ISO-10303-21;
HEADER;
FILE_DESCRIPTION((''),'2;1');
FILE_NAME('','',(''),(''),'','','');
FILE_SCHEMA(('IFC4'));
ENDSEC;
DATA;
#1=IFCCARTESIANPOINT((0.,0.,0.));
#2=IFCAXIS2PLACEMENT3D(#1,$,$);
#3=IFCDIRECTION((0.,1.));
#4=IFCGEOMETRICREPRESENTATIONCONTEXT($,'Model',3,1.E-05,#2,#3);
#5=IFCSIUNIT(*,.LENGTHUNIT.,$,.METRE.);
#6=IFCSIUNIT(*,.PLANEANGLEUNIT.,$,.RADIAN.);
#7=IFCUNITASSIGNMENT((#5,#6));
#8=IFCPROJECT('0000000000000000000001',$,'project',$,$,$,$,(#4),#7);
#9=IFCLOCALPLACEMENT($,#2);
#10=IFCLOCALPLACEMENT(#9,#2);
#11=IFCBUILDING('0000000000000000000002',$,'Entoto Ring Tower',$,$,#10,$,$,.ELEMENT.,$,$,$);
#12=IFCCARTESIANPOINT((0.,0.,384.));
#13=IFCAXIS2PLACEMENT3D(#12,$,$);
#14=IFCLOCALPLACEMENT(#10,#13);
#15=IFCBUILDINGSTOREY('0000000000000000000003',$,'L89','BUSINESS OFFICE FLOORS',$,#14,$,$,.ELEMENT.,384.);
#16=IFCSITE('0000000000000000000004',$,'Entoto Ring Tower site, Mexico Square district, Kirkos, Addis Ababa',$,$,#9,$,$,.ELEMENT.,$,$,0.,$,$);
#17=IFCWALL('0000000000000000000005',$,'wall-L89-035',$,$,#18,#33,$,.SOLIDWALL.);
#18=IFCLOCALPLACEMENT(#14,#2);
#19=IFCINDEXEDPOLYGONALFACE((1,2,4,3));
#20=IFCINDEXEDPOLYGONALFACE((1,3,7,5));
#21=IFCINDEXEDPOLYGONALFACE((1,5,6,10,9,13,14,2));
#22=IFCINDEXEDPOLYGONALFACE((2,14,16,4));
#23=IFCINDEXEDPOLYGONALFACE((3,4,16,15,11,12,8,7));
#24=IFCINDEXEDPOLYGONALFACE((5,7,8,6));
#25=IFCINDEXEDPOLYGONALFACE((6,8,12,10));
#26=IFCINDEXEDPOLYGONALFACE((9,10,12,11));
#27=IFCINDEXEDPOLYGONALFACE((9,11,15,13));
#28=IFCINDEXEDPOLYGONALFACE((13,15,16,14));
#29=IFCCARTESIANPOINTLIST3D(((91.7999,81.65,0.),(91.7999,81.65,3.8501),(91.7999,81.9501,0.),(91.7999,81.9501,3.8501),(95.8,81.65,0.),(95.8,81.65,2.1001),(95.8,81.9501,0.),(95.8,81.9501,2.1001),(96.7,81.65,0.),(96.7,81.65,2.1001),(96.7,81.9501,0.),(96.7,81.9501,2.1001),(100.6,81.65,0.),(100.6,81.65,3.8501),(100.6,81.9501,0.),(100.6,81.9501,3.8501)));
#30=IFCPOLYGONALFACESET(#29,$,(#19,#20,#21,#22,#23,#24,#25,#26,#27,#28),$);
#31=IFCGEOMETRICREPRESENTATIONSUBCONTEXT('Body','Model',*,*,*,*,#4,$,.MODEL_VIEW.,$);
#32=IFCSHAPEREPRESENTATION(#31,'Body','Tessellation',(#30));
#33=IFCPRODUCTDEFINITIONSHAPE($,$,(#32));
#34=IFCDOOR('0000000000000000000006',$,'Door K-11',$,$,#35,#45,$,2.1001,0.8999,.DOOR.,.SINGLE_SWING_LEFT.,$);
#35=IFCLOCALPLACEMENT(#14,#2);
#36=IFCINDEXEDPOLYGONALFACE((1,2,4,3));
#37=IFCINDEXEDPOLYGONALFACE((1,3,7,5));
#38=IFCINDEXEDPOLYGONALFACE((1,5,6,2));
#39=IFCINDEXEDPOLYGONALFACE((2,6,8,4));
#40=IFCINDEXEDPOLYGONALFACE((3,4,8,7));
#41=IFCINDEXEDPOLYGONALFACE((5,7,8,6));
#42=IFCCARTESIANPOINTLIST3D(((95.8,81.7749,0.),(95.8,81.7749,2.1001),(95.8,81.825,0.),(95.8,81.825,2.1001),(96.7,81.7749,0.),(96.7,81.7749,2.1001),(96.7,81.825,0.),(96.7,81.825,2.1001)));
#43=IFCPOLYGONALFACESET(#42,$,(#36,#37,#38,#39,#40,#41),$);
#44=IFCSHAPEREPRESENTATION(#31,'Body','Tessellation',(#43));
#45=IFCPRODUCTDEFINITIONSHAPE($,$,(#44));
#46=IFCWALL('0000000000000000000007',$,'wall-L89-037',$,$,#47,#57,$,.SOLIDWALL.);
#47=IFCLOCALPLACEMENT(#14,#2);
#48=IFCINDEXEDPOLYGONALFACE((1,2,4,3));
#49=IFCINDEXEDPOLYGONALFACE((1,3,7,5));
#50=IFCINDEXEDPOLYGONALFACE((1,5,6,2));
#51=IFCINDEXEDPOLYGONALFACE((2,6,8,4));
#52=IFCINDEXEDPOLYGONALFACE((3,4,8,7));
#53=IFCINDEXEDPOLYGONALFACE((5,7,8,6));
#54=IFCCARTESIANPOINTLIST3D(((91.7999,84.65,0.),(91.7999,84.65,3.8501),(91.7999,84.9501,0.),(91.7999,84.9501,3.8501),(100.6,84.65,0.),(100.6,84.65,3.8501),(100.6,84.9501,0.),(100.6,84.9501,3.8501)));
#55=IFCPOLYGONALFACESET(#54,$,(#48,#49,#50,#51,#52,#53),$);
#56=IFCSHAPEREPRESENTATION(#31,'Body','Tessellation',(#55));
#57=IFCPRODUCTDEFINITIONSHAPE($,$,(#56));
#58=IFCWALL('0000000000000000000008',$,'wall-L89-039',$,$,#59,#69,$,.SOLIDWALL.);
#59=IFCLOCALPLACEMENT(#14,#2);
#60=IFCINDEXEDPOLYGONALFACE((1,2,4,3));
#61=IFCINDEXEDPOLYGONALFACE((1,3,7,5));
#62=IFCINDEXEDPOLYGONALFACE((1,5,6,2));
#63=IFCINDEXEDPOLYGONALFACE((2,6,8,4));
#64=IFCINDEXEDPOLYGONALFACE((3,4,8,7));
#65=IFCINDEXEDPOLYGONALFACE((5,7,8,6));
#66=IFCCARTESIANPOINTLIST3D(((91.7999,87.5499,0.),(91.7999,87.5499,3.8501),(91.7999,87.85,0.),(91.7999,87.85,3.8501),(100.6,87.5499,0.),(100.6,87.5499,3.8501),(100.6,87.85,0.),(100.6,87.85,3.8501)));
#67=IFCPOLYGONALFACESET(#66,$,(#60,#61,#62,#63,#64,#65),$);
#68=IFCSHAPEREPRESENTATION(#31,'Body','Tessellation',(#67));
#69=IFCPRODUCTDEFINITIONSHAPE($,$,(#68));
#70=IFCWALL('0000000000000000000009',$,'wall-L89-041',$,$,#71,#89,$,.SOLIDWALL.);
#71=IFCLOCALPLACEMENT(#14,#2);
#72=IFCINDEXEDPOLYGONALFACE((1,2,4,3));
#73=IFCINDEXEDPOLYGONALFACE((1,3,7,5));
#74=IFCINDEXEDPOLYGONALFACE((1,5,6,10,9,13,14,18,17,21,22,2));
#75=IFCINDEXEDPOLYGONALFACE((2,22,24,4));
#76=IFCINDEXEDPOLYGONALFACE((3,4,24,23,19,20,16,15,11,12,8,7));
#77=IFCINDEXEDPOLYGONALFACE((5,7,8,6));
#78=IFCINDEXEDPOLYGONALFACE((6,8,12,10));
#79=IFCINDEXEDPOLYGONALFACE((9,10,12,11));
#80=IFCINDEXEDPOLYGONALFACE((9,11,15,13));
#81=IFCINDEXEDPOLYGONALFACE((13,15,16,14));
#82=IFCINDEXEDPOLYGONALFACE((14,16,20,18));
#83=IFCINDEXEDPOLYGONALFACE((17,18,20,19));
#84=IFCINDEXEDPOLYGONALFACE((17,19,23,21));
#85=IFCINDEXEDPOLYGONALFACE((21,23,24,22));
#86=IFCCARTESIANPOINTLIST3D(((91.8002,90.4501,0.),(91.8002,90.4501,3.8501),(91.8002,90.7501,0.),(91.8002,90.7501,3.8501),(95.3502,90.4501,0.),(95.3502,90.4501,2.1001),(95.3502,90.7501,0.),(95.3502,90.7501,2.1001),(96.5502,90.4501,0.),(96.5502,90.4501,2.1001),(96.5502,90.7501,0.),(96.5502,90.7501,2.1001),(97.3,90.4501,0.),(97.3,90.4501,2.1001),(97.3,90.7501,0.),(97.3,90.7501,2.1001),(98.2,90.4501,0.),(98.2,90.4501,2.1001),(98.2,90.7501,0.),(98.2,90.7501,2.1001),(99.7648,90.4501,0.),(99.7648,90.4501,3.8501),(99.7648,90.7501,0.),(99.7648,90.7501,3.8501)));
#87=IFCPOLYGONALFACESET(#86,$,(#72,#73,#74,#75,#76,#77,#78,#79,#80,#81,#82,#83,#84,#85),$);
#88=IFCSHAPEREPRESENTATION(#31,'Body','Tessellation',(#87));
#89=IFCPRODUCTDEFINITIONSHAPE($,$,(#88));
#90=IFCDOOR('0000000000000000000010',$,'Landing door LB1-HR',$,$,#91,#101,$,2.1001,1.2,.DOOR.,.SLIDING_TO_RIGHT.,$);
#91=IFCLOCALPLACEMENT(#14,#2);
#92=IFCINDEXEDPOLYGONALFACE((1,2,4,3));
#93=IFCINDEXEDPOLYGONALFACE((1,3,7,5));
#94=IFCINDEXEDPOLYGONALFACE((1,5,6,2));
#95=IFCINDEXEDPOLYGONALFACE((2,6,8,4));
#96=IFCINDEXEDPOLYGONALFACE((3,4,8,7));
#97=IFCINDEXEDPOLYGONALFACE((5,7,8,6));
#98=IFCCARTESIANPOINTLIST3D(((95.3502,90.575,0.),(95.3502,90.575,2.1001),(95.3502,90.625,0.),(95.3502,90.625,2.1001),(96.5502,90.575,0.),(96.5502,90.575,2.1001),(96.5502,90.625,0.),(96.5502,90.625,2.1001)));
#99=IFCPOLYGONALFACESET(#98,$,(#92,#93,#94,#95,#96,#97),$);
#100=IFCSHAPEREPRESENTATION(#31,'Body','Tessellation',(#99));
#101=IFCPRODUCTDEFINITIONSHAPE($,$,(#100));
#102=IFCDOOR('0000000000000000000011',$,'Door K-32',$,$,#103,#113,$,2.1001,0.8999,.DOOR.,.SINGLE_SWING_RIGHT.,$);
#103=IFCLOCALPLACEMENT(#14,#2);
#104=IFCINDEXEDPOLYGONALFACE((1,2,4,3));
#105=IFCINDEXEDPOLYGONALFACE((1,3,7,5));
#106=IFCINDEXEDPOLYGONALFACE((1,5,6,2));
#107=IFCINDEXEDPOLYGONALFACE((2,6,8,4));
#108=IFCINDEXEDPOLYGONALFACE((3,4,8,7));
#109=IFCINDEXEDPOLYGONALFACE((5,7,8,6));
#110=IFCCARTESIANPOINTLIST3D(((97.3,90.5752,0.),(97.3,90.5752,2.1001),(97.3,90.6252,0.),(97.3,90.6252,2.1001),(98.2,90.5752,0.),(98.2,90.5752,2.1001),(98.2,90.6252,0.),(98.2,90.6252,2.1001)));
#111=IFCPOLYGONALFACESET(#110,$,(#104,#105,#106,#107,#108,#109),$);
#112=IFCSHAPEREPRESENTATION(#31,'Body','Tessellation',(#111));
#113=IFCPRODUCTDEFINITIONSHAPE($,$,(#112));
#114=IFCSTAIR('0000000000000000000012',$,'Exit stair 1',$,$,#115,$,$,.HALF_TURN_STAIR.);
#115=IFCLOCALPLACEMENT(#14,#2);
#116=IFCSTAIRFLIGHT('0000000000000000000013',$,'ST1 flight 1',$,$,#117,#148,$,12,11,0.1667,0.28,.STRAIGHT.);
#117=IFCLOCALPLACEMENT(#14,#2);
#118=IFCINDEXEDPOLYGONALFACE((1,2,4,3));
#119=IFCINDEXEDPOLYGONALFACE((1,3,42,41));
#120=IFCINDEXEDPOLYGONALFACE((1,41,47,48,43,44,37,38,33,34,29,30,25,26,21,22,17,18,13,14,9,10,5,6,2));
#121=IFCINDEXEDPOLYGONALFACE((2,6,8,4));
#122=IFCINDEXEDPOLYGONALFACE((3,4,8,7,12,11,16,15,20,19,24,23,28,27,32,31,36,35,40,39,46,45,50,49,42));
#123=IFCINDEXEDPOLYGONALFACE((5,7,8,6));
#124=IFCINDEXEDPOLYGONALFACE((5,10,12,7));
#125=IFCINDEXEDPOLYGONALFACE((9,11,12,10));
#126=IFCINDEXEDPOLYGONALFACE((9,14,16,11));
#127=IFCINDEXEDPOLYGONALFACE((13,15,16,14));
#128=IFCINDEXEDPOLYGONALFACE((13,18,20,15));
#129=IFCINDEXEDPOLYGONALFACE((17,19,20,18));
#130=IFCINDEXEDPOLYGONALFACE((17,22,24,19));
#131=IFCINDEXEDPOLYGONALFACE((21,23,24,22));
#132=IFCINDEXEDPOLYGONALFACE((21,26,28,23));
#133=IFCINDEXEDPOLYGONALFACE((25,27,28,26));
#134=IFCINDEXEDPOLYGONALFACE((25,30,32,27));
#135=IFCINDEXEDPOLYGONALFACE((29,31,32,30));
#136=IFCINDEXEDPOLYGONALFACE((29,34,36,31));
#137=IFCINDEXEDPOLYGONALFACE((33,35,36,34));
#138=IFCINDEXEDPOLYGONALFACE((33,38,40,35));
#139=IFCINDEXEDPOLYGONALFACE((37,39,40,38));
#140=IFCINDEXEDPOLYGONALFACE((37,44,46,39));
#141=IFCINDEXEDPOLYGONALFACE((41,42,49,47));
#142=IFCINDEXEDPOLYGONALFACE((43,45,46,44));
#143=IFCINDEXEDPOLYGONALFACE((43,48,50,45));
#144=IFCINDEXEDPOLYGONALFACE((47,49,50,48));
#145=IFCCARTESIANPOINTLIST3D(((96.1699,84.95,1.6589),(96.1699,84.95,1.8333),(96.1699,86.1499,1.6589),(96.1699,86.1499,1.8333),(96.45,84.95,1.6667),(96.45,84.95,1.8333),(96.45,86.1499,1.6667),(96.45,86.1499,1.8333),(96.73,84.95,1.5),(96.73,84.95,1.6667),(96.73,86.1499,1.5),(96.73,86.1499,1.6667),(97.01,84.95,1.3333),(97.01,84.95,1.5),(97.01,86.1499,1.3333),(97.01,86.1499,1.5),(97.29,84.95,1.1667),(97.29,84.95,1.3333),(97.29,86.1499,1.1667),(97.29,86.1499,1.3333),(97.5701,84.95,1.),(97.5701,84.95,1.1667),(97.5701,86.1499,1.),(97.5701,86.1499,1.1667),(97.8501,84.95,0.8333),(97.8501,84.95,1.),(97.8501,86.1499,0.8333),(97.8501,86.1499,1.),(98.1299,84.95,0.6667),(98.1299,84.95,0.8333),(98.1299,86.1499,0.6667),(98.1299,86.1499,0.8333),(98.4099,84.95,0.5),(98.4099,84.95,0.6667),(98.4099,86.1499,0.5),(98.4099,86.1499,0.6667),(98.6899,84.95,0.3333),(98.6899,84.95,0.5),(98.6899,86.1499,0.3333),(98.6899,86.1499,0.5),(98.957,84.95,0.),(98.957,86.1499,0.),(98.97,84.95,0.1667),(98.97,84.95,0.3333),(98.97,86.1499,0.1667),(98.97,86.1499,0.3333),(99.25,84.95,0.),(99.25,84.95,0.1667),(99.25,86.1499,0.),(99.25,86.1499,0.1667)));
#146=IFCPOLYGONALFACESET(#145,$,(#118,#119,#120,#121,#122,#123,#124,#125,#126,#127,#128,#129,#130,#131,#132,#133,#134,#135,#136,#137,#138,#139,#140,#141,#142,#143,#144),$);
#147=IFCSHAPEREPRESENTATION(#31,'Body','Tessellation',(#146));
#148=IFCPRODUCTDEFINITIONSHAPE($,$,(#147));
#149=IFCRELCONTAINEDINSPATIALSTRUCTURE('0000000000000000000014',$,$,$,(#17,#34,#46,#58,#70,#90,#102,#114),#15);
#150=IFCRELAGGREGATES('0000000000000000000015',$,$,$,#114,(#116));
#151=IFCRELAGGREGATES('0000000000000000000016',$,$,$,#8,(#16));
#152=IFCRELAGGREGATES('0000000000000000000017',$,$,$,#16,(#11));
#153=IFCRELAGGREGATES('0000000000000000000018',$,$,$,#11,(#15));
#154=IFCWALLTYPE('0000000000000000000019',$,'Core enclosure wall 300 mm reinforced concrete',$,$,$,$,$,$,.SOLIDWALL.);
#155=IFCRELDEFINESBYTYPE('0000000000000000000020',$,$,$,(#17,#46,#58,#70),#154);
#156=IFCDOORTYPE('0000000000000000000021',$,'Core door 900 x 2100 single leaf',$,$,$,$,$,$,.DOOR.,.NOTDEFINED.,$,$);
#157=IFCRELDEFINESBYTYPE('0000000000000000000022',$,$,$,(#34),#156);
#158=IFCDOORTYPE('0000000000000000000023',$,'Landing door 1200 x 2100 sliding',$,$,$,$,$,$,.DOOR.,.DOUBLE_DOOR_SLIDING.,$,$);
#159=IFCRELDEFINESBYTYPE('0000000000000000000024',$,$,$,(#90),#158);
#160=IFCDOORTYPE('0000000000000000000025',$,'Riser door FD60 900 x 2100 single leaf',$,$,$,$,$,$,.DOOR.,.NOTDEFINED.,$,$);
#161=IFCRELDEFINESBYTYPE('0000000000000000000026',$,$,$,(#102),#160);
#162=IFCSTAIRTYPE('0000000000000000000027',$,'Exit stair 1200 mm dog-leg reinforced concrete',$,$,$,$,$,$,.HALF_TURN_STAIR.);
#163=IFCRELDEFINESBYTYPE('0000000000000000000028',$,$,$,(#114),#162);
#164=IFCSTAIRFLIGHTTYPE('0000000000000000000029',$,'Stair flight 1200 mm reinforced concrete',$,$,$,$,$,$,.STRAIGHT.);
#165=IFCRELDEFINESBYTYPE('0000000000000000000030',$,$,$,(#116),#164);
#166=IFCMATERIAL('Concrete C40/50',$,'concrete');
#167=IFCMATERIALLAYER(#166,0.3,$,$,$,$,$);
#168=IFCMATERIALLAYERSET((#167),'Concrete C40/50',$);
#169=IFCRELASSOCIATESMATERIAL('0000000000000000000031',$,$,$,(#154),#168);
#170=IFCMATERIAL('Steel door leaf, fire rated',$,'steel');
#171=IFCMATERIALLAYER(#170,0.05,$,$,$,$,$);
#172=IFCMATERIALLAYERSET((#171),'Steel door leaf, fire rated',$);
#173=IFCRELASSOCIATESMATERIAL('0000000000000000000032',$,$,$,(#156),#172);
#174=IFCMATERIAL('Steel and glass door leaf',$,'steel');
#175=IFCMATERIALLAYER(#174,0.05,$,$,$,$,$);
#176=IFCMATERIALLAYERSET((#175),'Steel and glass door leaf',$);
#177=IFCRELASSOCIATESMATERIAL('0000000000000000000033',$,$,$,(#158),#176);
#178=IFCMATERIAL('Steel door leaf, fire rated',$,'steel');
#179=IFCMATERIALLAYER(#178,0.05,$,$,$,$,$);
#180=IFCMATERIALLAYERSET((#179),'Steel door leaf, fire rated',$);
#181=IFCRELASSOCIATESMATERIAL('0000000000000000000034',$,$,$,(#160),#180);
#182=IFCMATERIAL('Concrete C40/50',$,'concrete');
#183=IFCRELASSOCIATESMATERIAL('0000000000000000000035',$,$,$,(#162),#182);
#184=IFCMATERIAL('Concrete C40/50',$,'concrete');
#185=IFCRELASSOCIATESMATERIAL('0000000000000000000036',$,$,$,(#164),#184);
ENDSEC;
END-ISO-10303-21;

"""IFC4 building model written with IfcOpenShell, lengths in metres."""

from ifc_helpers import new_model, si_unit, direction, frame, frame_2d, origin, place, context, subcontext, project, spatial, polyline, rectangle, outline, extrude, material, layer, layer_set, type_object, element, fill, aggregate, save


model = new_model("IFC4")

# Units and contexts
model_context = context("Model", 3, precision=1e-05, world=origin(), true_north=direction((0.0, 1.0)))
body_context = subcontext(model_context, "Body", "Model", "MODEL_VIEW")
ifc_project = project(units=[si_unit("LENGTHUNIT", "METRE"), si_unit("PLANEANGLEUNIT", "RADIAN")], contexts=[model_context])

# Site, building, storey
site_placement = place(None, origin())
site = spatial("IfcSite", under=ifc_project, at=site_placement, Name="Entoto Ring Tower site, Mexico Square district, Kirkos, Addis Ababa", CompositionType="ELEMENT", RefElevation=0.0)
building_placement = place(site_placement, origin())
building = spatial("IfcBuilding", under=site, at=building_placement, Name="Entoto Ring Tower", CompositionType="ELEMENT")
storey_placement = place(building_placement, frame((0.0, 0.0, 384.0)))
storey = spatial("IfcBuildingStorey", under=building, at=storey_placement, Name="L89", Description="BUSINESS OFFICE FLOORS", CompositionType="ELEMENT", Elevation=384.0)

# Shared definitions
ifc_material_1 = material(Name="Concrete C40/50", Category="concrete")
ifc_layer_1 = layer(ifc_material_1, 0.3)
ifc_layer_set_1 = layer_set([ifc_layer_1], Name="Concrete C40/50")
wall_type = type_object("IfcWallType", Name="Core enclosure wall 300 mm reinforced concrete", PredefinedType="SOLIDWALL", material=ifc_layer_set_1)

# Shared definitions
ifc_material_2 = material(Name="Steel door leaf, fire rated", Category="steel")
ifc_layer_2 = layer(ifc_material_2, 0.05)
ifc_layer_set_2 = layer_set([ifc_layer_2], Name="Steel door leaf, fire rated")
door_type_1 = type_object("IfcDoorType", Name="Core door 900 x 2100 single leaf", OperationType="NOTDEFINED", PredefinedType="DOOR", material=ifc_layer_set_2)
ifc_material_3 = material(Name="Steel and glass door leaf", Category="steel")
ifc_layer_3 = layer(ifc_material_3, 0.05)
ifc_layer_set_3 = layer_set([ifc_layer_3], Name="Steel and glass door leaf")
door_type_2 = type_object("IfcDoorType", Name="Landing door 1200 x 2100 sliding", OperationType="DOUBLE_DOOR_SLIDING", PredefinedType="DOOR", material=ifc_layer_set_3)

# Wall, opening, door
wall_1_placement = place(storey_placement, frame((91.8, 81.8, 0.0), z_axis=(0.0, 0.0, 1.0), x_axis=(1.0, 0.0, 0.0)))
wall_1 = element("IfcWall", 1, at=wall_1_placement, inside=storey, type_object=wall_type, Name="wall-L89-035", PredefinedType="SOLIDWALL", context=body_context, shape_type="SweptSolid", body=[
    extrude(rectangle(XDim=8.8, YDim=0.3, at=frame_2d((4.3999, 0.0))), origin(), (0.0, 0.0, 1.0), 3.8501),
])
opening_1_placement = place(wall_1_placement, frame((4.0, 0.0, 0.0)))
opening_1 = element("IfcOpeningElement", 2, at=opening_1_placement, cuts=wall_1, PredefinedType="OPENING", context=body_context, shape_type="SweptSolid", body=[
    extrude(rectangle(XDim=0.8999, YDim=2.1001, at=frame_2d((0.45, 1.05))), frame((0.0, 0.1602, 0.0), z_axis=(0.0, -1.0, 0.0), x_axis=(1.0, 0.0, 0.0)), (0.0, 0.0, 1.0), 0.3201),
])
door_1_placement = place(opening_1_placement, origin())
door_1 = element("IfcDoor", 3, at=door_1_placement, inside=storey, type_object=door_type_1, Name="Door K-11", OperationType="SINGLE_SWING_LEFT", OverallHeight=2.1001, OverallWidth=0.8999, PredefinedType="DOOR", context=body_context, shape_type="SweptSolid", body=[
    extrude(rectangle(XDim=0.8999, YDim=2.1001, at=frame_2d((0.45, 1.05))), frame((0.0, 0.0249, 0.0), z_axis=(0.0, -1.0, 0.0), x_axis=(1.0, 0.0, 0.0)), (0.0, 0.0, 1.0), 0.05),
])
fill(opening_1, door_1)

# Walls
for number, where, z_axis, x_axis, name in (
    (4, (91.8, 84.8, 0.0), (0.0, 0.0, 1.0), (1.0, 0.0, 0.0), "wall-L89-037"),
    (5, (91.8, 87.7, 0.0), (0.0, 0.0, 1.0), (1.0, 0.0, 0.0), "wall-L89-039"),
):
    element("IfcWall", number, at=place(storey_placement, frame(where, z_axis=z_axis, x_axis=x_axis)), inside=storey, type_object=wall_type, Name=name, PredefinedType="SOLIDWALL", context=body_context, shape_type="SweptSolid", body=[
        extrude(rectangle(XDim=8.8, YDim=0.3, at=frame_2d((4.3999, 0.0))), origin(), (0.0, 0.0, 1.0), 3.8501),
    ])

# Wall, openings, doors
wall_2_placement = place(storey_placement, frame((91.8, 90.6001, 0.0), z_axis=(0.0, 0.0, 1.0), x_axis=(1.0, 0.0, 0.0)))
wall_2 = element("IfcWall", 6, at=wall_2_placement, inside=storey, type_object=wall_type, Name="wall-L89-041", PredefinedType="SOLIDWALL", context=body_context, shape_type="SweptSolid", body=[
    extrude(rectangle(XDim=7.9646, YDim=0.3, at=frame_2d((3.9824, 0.0))), origin(), (0.0, 0.0, 1.0), 3.8501),
])
opening_2_placement = place(wall_2_placement, frame((3.55, 0.0, 0.0)))
opening_2 = element("IfcOpeningElement", 7, at=opening_2_placement, cuts=wall_2, PredefinedType="OPENING", context=body_context, shape_type="SweptSolid", body=[
    extrude(rectangle(XDim=1.2, YDim=2.1001, at=frame_2d((0.6001, 1.05))), frame((0.0, 0.1602, 0.0), z_axis=(0.0, -1.0, 0.0), x_axis=(1.0, 0.0, 0.0)), (0.0, 0.0, 1.0), 0.3201),
])
opening_3_placement = place(wall_2_placement, frame((5.5, 0.0, 0.0)))
opening_3 = element("IfcOpeningElement", 8, at=opening_3_placement, cuts=wall_2, PredefinedType="OPENING", context=body_context, shape_type="SweptSolid", body=[
    extrude(rectangle(XDim=0.8999, YDim=2.1001, at=frame_2d((0.45, 1.05))), frame((0.0, 0.1602, 0.0), z_axis=(0.0, -1.0, 0.0), x_axis=(1.0, 0.0, 0.0)), (0.0, 0.0, 1.0), 0.3201),
])
door_2_placement = place(opening_2_placement, origin())
door_2 = element("IfcDoor", 9, at=door_2_placement, inside=storey, type_object=door_type_2, Name="Landing door LB1-HR", OperationType="SLIDING_TO_RIGHT", OverallHeight=2.1001, OverallWidth=1.2, PredefinedType="DOOR", context=body_context, shape_type="SweptSolid", body=[
    extrude(rectangle(XDim=1.2, YDim=2.1001, at=frame_2d((0.6001, 1.05))), frame((0.0, 0.0249, 0.0), z_axis=(0.0, -1.0, 0.0), x_axis=(1.0, 0.0, 0.0)), (0.0, 0.0, 1.0), 0.05),
])
fill(opening_2, door_2)
ifc_material_4 = material(Name="Steel door leaf, fire rated", Category="steel")
ifc_layer_4 = layer(ifc_material_4, 0.05)
ifc_layer_set_4 = layer_set([ifc_layer_4], Name="Steel door leaf, fire rated")
door_type_3 = type_object("IfcDoorType", Name="Riser door FD60 900 x 2100 single leaf", OperationType="NOTDEFINED", PredefinedType="DOOR", material=ifc_layer_set_4)
door_3_placement = place(opening_3_placement, frame((0.8999, 0.0, 0.0), z_axis=(0.0, 0.0, 1.0), x_axis=(-1.0, 0.0, 0.0)))
door_3 = element("IfcDoor", 10, at=door_3_placement, inside=storey, type_object=door_type_3, Name="Door K-32", OperationType="SINGLE_SWING_RIGHT", OverallHeight=2.1001, OverallWidth=0.8999, PredefinedType="DOOR", context=body_context, shape_type="SweptSolid", body=[
    extrude(rectangle(XDim=0.8999, YDim=2.1001, at=frame_2d((0.45, 1.05))), frame((0.0, 0.0249, 0.0), z_axis=(0.0, -1.0, 0.0), x_axis=(1.0, 0.0, 0.0)), (0.0, 0.0, 1.0), 0.05),
])
fill(opening_3, door_3)

# Stair, stair flight
ifc_material_5 = material(Name="Concrete C40/50", Category="concrete")
stair_type = type_object("IfcStairType", Name="Exit stair 1200 mm dog-leg reinforced concrete", PredefinedType="HALF_TURN_STAIR", material=ifc_material_5)
stair_placement = place(storey_placement, origin())
stair = element("IfcStair", 11, at=stair_placement, inside=storey, type_object=stair_type, Name="Exit stair 1", PredefinedType="HALF_TURN_STAIR")
ifc_material_6 = material(Name="Concrete C40/50", Category="concrete")
stair_flight_type = type_object("IfcStairFlightType", Name="Stair flight 1200 mm reinforced concrete", PredefinedType="STRAIGHT", material=ifc_material_6)
stair_flight_1_placement = place(storey_placement, frame((99.25, 85.55, 0.0), z_axis=(0.0, 0.0, 1.0), x_axis=(-1.0, 0.0, 0.0)))
stair_flight_1 = element("IfcStairFlight", 12, at=stair_flight_1_placement, type_object=stair_flight_type, Name="ST1 flight 1", NumberOfRisers=12, NumberOfTreads=11, PredefinedType="STRAIGHT", RiserHeight=0.1667, TreadLength=0.28, context=body_context, shape_type="SweptSolid", body=[
    extrude(outline(polyline([(0.0, 0.0), (0.0, 0.1667), (0.28, 0.1667), (0.28, 0.3333), (0.5601, 0.3333), (0.5601, 0.5), (0.8401, 0.5), (0.8401, 0.6667), (1.1201, 0.6667), (1.1201, 0.8333), (1.3999, 0.8333), (1.3999, 1.0), (1.6799, 1.0), (1.6799, 1.1667), (1.96, 1.1667), (1.96, 1.3333), (2.24, 1.3333), (2.24, 1.5), (2.52, 1.5), (2.52, 1.6667), (2.8, 1.6667), (2.8, 1.8333), (3.0801, 1.8333), (3.0801, 2.0), (3.0801, 1.6589), (0.293, 0.0), (0.0, 0.0)])), frame((0.0, 0.6001, 0.0), z_axis=(0.0, -1.0, 0.0), x_axis=(1.0, 0.0, 0.0)), (0.0, 0.0, 1.0), 1.2),
])
aggregate(stair, [stair_flight_1])

save(model, "model.ifc")
